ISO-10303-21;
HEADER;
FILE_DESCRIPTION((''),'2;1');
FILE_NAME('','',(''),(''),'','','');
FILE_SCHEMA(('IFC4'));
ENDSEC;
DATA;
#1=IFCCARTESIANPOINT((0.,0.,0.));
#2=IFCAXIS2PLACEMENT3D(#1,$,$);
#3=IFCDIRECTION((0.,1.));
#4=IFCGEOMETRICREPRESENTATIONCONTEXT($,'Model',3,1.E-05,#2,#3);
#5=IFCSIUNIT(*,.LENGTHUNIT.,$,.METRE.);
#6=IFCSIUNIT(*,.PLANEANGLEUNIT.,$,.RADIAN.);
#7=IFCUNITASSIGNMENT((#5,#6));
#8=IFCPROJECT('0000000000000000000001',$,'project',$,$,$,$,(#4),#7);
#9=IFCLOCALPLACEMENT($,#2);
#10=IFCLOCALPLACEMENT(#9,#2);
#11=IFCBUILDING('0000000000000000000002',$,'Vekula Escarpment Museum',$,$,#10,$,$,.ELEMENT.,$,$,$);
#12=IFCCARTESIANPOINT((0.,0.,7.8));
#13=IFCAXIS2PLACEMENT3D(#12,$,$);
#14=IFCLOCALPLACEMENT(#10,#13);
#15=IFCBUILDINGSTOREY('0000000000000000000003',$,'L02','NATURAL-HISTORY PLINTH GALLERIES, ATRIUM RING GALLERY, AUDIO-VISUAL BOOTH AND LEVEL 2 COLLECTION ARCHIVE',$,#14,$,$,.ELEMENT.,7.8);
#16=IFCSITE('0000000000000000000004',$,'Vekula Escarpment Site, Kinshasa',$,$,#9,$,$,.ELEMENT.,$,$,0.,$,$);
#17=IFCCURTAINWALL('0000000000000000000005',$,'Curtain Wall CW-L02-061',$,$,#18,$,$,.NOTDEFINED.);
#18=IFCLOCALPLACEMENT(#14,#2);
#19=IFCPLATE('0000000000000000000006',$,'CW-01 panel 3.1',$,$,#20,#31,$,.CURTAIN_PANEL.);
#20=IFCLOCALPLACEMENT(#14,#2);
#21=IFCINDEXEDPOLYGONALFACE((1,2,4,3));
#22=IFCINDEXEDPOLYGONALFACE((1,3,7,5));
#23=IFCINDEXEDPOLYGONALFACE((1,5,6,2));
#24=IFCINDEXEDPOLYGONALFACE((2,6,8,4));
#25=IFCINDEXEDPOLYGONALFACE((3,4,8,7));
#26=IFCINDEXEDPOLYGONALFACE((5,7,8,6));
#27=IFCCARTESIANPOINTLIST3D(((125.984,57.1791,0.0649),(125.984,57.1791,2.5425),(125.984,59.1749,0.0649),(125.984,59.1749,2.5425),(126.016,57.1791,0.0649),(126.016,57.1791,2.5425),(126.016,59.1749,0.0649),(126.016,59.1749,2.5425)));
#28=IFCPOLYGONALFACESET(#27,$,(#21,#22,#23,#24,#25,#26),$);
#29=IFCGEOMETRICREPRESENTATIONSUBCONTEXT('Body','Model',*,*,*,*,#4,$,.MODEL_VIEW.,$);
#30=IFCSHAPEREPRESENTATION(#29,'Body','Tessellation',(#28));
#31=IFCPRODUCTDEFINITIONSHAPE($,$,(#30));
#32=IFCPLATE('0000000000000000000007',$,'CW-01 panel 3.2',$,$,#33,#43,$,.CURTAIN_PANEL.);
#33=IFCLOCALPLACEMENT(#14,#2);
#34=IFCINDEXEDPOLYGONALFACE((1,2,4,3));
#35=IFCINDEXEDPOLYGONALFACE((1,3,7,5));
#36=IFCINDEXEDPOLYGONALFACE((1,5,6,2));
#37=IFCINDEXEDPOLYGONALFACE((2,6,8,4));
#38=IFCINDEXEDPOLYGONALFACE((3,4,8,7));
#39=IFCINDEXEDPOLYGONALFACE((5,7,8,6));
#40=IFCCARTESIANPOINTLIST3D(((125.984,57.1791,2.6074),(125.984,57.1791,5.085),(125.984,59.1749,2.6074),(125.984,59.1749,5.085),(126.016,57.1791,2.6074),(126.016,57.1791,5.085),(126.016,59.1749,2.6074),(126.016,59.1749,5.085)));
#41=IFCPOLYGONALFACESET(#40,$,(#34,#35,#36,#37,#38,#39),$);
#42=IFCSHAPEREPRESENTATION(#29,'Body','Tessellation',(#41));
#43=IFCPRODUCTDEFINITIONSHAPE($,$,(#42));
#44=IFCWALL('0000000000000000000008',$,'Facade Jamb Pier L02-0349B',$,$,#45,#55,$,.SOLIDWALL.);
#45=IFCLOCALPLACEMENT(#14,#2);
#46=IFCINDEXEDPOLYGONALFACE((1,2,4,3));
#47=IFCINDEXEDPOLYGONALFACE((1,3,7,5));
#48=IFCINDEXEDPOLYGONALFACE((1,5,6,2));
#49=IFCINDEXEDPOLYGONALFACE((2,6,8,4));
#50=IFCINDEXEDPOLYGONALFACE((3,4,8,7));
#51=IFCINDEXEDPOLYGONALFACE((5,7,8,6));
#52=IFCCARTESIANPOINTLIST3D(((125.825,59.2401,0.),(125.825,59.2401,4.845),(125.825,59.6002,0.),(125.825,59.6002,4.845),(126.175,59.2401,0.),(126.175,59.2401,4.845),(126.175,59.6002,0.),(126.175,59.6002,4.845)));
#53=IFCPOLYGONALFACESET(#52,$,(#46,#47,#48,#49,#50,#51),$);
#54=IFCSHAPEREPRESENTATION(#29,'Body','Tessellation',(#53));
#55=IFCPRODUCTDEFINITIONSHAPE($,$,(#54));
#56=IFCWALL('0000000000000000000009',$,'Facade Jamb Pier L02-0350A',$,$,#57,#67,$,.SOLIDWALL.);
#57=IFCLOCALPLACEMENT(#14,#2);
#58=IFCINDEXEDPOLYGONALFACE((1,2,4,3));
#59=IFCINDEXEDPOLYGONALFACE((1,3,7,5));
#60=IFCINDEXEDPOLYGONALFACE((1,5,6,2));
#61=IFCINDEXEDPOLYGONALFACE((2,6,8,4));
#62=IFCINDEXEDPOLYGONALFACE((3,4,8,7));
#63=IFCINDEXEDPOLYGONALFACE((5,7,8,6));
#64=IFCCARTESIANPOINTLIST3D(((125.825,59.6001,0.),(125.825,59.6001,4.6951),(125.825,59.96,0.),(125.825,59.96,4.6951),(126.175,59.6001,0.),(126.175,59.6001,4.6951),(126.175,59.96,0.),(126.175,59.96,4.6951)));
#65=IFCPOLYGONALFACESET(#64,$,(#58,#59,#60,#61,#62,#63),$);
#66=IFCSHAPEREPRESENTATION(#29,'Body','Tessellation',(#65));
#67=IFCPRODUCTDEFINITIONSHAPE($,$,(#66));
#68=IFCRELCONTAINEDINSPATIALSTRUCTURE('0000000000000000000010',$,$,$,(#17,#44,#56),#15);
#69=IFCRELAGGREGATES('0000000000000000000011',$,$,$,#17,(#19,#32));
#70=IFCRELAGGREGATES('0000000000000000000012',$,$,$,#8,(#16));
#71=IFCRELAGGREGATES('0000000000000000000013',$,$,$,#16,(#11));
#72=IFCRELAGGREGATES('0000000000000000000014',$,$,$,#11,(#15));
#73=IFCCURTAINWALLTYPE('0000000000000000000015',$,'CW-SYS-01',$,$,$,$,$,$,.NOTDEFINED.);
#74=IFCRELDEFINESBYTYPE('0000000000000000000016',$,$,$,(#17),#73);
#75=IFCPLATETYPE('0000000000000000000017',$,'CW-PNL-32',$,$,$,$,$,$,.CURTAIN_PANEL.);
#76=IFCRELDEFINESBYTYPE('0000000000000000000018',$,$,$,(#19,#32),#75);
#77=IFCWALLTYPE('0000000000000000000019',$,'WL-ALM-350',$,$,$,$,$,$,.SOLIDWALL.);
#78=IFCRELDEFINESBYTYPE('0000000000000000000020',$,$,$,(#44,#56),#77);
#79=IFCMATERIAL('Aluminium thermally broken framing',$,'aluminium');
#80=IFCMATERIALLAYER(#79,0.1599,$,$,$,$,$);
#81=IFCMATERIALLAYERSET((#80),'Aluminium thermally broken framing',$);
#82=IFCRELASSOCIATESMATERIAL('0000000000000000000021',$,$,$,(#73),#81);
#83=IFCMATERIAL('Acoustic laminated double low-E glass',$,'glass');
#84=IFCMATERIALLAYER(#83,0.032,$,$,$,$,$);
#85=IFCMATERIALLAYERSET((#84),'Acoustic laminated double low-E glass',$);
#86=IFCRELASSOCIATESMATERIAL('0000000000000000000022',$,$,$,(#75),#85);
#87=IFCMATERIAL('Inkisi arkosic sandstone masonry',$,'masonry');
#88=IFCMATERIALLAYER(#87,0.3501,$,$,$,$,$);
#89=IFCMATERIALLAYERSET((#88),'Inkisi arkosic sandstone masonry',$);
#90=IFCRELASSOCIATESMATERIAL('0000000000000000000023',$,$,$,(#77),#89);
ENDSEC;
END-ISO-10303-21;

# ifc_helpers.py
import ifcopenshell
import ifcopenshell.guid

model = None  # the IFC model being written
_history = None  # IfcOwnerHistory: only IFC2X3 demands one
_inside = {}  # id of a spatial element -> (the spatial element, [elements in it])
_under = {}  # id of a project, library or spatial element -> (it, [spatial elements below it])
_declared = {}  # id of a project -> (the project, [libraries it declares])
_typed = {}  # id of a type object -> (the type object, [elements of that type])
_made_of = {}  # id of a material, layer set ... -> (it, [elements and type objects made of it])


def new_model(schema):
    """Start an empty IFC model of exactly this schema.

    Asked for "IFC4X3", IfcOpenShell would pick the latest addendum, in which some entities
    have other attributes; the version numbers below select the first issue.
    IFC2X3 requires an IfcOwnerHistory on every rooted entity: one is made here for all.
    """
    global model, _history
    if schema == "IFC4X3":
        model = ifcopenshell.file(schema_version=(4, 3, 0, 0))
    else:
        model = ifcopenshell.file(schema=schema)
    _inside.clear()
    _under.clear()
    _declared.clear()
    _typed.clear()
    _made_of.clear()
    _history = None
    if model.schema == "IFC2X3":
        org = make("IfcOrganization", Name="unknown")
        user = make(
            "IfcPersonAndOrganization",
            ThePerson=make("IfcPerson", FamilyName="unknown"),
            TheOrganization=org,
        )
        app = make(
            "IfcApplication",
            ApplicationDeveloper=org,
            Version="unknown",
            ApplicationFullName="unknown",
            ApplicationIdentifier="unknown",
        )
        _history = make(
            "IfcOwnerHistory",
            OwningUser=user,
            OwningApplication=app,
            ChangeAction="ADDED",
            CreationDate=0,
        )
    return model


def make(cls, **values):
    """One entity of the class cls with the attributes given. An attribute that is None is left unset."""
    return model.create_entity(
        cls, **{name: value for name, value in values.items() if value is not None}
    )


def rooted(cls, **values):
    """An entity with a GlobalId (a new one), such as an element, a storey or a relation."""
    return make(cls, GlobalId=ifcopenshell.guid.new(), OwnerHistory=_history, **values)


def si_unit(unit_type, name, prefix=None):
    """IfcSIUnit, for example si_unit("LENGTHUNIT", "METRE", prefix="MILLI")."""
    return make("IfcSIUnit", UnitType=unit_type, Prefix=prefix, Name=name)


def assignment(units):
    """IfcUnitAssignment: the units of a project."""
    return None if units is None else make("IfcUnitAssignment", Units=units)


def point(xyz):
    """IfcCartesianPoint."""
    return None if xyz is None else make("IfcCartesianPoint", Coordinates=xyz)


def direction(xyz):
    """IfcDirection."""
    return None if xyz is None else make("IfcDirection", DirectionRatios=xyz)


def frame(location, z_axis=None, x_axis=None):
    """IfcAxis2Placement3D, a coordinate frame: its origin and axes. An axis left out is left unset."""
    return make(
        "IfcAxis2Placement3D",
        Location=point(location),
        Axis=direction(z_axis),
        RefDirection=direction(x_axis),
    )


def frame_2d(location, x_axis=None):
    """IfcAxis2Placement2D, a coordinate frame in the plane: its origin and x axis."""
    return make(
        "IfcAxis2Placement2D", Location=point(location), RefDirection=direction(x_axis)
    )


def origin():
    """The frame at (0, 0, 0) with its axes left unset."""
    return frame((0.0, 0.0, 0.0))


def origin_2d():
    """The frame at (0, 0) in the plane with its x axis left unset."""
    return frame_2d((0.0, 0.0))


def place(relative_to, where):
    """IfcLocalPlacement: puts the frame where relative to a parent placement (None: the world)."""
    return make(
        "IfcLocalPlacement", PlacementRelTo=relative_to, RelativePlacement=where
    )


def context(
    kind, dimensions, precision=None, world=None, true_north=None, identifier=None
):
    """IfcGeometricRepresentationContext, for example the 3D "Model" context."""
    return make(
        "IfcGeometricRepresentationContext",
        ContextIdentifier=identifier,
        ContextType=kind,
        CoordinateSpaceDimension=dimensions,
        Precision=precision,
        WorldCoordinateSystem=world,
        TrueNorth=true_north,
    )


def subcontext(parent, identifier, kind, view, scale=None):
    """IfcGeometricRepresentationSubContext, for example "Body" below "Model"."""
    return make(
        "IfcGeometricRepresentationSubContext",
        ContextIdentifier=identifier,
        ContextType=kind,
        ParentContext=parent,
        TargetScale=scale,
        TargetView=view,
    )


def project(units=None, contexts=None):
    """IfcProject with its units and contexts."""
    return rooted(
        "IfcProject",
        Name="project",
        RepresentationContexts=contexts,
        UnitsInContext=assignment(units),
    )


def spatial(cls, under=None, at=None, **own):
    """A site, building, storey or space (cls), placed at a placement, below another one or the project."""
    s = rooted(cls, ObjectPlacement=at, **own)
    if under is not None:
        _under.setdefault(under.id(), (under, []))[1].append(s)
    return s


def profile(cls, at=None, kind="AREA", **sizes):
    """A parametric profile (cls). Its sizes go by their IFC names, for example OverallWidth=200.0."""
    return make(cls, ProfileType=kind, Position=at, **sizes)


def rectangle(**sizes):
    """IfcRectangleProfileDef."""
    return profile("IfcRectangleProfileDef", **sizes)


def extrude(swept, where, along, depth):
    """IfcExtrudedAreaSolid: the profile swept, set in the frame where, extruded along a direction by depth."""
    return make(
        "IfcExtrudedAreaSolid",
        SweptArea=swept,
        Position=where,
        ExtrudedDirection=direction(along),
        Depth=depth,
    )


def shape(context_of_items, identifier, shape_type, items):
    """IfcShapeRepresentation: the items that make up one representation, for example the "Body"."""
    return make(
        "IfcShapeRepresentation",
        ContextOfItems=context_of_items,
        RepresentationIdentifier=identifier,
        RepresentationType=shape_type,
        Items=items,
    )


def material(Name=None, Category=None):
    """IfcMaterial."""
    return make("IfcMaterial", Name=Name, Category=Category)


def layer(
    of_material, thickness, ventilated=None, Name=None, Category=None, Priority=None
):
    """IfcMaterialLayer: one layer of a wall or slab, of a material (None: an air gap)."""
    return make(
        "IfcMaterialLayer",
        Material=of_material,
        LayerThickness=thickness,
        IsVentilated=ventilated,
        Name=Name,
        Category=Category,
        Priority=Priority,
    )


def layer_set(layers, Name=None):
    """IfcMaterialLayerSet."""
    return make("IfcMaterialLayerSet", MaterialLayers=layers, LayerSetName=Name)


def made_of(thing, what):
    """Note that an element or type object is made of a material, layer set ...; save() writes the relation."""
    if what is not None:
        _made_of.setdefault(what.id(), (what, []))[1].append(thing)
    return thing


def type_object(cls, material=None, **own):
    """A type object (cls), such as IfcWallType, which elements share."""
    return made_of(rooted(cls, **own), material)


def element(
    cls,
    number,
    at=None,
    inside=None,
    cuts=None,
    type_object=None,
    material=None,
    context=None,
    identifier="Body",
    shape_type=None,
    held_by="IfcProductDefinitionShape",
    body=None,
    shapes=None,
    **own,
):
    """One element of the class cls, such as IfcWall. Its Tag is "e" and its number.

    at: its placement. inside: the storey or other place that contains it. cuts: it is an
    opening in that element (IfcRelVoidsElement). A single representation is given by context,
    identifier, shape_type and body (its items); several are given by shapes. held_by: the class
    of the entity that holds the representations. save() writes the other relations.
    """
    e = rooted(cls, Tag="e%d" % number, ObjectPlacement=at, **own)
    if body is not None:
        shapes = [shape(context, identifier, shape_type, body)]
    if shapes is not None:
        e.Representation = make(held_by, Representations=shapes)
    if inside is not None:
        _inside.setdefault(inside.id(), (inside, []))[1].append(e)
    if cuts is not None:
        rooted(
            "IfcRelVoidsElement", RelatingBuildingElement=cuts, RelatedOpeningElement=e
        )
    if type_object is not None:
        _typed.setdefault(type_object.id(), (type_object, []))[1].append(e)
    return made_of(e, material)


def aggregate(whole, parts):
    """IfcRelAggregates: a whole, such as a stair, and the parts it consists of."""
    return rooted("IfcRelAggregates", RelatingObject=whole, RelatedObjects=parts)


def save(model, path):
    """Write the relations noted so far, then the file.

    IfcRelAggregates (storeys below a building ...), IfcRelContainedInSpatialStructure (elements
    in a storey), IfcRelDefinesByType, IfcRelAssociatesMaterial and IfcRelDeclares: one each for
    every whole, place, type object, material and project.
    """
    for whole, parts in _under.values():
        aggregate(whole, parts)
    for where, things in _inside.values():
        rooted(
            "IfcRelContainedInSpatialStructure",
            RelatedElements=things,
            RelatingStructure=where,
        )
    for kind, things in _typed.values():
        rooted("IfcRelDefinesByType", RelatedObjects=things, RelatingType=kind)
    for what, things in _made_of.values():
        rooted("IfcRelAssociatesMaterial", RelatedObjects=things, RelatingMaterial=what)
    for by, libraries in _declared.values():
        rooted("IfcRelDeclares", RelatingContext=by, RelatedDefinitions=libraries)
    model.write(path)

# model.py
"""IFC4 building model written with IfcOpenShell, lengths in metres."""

from ifc_helpers import new_model, si_unit, direction, frame, frame_2d, origin, origin_2d, place, context, subcontext, project, spatial, rectangle, extrude, material, layer, layer_set, type_object, element, aggregate, save


model = new_model("IFC4")

# Units and contexts
model_context = context("Model", 3, precision=1e-05, world=origin(), true_north=direction((0.0, 1.0)))
body_context = subcontext(model_context, "Body", "Model", "MODEL_VIEW")
ifc_project = project(units=[si_unit("LENGTHUNIT", "METRE"), si_unit("PLANEANGLEUNIT", "RADIAN")], contexts=[model_context])

# Site, building, storey
site_placement = place(None, origin())
site = spatial("IfcSite", under=ifc_project, at=site_placement, Name="Vekula Escarpment Site, Kinshasa", CompositionType="ELEMENT", RefElevation=0.0)
building_placement = place(site_placement, origin())
building = spatial("IfcBuilding", under=site, at=building_placement, Name="Vekula Escarpment Museum", CompositionType="ELEMENT")
storey_placement = place(building_placement, frame((0.0, 0.0, 7.8)))
storey = spatial("IfcBuildingStorey", under=building, at=storey_placement, Name="L02", Description="NATURAL-HISTORY PLINTH GALLERIES, ATRIUM RING GALLERY, AUDIO-VISUAL BOOTH AND LEVEL 2 COLLECTION ARCHIVE", CompositionType="ELEMENT", Elevation=7.8)

# Curtain wall
ifc_material_1 = material(Name="Aluminium thermally broken framing", Category="aluminium")
ifc_layer_1 = layer(ifc_material_1, 0.1599)
ifc_layer_set_1 = layer_set([ifc_layer_1], Name="Aluminium thermally broken framing")
curtain_wall_type_1 = type_object("IfcCurtainWallType", Name="CW-SYS-01", PredefinedType="NOTDEFINED", material=ifc_layer_set_1)
curtain_wall_1_placement = place(storey_placement, origin())
curtain_wall_1 = element("IfcCurtainWall", 1, at=curtain_wall_1_placement, inside=storey, type_object=curtain_wall_type_1, Name="Curtain Wall CW-L02-061", PredefinedType="NOTDEFINED")

# Plates
ifc_material_2 = material(Name="Acoustic laminated double low-E glass", Category="glass")
ifc_layer_2 = layer(ifc_material_2, 0.032)
ifc_layer_set_2 = layer_set([ifc_layer_2], Name="Acoustic laminated double low-E glass")
plate_type = type_object("IfcPlateType", Name="CW-PNL-32", PredefinedType="CURTAIN_PANEL", material=ifc_layer_set_2)
plate_1_placement = place(storey_placement, frame((126.0, 58.177, 0.0649), z_axis=(0.0, 0.0, 1.0), x_axis=(0.0, 1.0, 0.0)))
plate_1 = element("IfcPlate", 2, at=plate_1_placement, type_object=plate_type, Name="CW-01 panel 3.1", PredefinedType="CURTAIN_PANEL", context=body_context, shape_type="SweptSolid", body=[
    extrude(rectangle(XDim=1.9958, YDim=0.032, at=origin_2d()), origin(), (0.0, 0.0, 1.0), 2.4775),
])
plate_2_placement = place(storey_placement, frame((126.0, 58.177, 2.6074), z_axis=(0.0, 0.0, 1.0), x_axis=(0.0, 1.0, 0.0)))
plate_2 = element("IfcPlate", 3, at=plate_2_placement, type_object=plate_type, Name="CW-01 panel 3.2", PredefinedType="CURTAIN_PANEL", context=body_context, shape_type="SweptSolid", body=[
    extrude(rectangle(XDim=1.9958, YDim=0.032, at=origin_2d()), origin(), (0.0, 0.0, 1.0), 2.4775),
])
aggregate(curtain_wall_1, [plate_1, plate_2])

# Walls
ifc_material_3 = material(Name="Inkisi arkosic sandstone masonry", Category="masonry")
ifc_layer_3 = layer(ifc_material_3, 0.3501)
ifc_layer_set_3 = layer_set([ifc_layer_3], Name="Inkisi arkosic sandstone masonry")
wall_type = type_object("IfcWallType", Name="WL-ALM-350", PredefinedType="SOLIDWALL", material=ifc_layer_set_3)
wall_1_placement = place(storey_placement, frame((126.0, 59.24, 0.0), z_axis=(0.0, 0.0, 1.0), x_axis=(0.0, 1.0, 0.0)))
element("IfcWall", 4, at=wall_1_placement, inside=storey, type_object=wall_type, Name="Facade Jamb Pier L02-0349B", PredefinedType="SOLIDWALL", context=body_context, shape_type="SweptSolid", body=[
    extrude(rectangle(XDim=0.3601, YDim=0.3501, at=frame_2d((0.1802, 0.0))), origin(), (0.0, 0.0, 1.0), 4.845),
])
wall_2_placement = place(storey_placement, frame((126.0, 59.6001, 0.0), z_axis=(0.0, 0.0, 1.0), x_axis=(0.0, 1.0, 0.0)))
element("IfcWall", 5, at=wall_2_placement, inside=storey, type_object=wall_type, Name="Facade Jamb Pier L02-0350A", PredefinedType="SOLIDWALL", context=body_context, shape_type="SweptSolid", body=[
    extrude(rectangle(XDim=0.3599, YDim=0.3501, at=frame_2d((0.1799, 0.0))), origin(), (0.0, 0.0, 1.0), 4.6951),
])

save(model, "model.ifc")
